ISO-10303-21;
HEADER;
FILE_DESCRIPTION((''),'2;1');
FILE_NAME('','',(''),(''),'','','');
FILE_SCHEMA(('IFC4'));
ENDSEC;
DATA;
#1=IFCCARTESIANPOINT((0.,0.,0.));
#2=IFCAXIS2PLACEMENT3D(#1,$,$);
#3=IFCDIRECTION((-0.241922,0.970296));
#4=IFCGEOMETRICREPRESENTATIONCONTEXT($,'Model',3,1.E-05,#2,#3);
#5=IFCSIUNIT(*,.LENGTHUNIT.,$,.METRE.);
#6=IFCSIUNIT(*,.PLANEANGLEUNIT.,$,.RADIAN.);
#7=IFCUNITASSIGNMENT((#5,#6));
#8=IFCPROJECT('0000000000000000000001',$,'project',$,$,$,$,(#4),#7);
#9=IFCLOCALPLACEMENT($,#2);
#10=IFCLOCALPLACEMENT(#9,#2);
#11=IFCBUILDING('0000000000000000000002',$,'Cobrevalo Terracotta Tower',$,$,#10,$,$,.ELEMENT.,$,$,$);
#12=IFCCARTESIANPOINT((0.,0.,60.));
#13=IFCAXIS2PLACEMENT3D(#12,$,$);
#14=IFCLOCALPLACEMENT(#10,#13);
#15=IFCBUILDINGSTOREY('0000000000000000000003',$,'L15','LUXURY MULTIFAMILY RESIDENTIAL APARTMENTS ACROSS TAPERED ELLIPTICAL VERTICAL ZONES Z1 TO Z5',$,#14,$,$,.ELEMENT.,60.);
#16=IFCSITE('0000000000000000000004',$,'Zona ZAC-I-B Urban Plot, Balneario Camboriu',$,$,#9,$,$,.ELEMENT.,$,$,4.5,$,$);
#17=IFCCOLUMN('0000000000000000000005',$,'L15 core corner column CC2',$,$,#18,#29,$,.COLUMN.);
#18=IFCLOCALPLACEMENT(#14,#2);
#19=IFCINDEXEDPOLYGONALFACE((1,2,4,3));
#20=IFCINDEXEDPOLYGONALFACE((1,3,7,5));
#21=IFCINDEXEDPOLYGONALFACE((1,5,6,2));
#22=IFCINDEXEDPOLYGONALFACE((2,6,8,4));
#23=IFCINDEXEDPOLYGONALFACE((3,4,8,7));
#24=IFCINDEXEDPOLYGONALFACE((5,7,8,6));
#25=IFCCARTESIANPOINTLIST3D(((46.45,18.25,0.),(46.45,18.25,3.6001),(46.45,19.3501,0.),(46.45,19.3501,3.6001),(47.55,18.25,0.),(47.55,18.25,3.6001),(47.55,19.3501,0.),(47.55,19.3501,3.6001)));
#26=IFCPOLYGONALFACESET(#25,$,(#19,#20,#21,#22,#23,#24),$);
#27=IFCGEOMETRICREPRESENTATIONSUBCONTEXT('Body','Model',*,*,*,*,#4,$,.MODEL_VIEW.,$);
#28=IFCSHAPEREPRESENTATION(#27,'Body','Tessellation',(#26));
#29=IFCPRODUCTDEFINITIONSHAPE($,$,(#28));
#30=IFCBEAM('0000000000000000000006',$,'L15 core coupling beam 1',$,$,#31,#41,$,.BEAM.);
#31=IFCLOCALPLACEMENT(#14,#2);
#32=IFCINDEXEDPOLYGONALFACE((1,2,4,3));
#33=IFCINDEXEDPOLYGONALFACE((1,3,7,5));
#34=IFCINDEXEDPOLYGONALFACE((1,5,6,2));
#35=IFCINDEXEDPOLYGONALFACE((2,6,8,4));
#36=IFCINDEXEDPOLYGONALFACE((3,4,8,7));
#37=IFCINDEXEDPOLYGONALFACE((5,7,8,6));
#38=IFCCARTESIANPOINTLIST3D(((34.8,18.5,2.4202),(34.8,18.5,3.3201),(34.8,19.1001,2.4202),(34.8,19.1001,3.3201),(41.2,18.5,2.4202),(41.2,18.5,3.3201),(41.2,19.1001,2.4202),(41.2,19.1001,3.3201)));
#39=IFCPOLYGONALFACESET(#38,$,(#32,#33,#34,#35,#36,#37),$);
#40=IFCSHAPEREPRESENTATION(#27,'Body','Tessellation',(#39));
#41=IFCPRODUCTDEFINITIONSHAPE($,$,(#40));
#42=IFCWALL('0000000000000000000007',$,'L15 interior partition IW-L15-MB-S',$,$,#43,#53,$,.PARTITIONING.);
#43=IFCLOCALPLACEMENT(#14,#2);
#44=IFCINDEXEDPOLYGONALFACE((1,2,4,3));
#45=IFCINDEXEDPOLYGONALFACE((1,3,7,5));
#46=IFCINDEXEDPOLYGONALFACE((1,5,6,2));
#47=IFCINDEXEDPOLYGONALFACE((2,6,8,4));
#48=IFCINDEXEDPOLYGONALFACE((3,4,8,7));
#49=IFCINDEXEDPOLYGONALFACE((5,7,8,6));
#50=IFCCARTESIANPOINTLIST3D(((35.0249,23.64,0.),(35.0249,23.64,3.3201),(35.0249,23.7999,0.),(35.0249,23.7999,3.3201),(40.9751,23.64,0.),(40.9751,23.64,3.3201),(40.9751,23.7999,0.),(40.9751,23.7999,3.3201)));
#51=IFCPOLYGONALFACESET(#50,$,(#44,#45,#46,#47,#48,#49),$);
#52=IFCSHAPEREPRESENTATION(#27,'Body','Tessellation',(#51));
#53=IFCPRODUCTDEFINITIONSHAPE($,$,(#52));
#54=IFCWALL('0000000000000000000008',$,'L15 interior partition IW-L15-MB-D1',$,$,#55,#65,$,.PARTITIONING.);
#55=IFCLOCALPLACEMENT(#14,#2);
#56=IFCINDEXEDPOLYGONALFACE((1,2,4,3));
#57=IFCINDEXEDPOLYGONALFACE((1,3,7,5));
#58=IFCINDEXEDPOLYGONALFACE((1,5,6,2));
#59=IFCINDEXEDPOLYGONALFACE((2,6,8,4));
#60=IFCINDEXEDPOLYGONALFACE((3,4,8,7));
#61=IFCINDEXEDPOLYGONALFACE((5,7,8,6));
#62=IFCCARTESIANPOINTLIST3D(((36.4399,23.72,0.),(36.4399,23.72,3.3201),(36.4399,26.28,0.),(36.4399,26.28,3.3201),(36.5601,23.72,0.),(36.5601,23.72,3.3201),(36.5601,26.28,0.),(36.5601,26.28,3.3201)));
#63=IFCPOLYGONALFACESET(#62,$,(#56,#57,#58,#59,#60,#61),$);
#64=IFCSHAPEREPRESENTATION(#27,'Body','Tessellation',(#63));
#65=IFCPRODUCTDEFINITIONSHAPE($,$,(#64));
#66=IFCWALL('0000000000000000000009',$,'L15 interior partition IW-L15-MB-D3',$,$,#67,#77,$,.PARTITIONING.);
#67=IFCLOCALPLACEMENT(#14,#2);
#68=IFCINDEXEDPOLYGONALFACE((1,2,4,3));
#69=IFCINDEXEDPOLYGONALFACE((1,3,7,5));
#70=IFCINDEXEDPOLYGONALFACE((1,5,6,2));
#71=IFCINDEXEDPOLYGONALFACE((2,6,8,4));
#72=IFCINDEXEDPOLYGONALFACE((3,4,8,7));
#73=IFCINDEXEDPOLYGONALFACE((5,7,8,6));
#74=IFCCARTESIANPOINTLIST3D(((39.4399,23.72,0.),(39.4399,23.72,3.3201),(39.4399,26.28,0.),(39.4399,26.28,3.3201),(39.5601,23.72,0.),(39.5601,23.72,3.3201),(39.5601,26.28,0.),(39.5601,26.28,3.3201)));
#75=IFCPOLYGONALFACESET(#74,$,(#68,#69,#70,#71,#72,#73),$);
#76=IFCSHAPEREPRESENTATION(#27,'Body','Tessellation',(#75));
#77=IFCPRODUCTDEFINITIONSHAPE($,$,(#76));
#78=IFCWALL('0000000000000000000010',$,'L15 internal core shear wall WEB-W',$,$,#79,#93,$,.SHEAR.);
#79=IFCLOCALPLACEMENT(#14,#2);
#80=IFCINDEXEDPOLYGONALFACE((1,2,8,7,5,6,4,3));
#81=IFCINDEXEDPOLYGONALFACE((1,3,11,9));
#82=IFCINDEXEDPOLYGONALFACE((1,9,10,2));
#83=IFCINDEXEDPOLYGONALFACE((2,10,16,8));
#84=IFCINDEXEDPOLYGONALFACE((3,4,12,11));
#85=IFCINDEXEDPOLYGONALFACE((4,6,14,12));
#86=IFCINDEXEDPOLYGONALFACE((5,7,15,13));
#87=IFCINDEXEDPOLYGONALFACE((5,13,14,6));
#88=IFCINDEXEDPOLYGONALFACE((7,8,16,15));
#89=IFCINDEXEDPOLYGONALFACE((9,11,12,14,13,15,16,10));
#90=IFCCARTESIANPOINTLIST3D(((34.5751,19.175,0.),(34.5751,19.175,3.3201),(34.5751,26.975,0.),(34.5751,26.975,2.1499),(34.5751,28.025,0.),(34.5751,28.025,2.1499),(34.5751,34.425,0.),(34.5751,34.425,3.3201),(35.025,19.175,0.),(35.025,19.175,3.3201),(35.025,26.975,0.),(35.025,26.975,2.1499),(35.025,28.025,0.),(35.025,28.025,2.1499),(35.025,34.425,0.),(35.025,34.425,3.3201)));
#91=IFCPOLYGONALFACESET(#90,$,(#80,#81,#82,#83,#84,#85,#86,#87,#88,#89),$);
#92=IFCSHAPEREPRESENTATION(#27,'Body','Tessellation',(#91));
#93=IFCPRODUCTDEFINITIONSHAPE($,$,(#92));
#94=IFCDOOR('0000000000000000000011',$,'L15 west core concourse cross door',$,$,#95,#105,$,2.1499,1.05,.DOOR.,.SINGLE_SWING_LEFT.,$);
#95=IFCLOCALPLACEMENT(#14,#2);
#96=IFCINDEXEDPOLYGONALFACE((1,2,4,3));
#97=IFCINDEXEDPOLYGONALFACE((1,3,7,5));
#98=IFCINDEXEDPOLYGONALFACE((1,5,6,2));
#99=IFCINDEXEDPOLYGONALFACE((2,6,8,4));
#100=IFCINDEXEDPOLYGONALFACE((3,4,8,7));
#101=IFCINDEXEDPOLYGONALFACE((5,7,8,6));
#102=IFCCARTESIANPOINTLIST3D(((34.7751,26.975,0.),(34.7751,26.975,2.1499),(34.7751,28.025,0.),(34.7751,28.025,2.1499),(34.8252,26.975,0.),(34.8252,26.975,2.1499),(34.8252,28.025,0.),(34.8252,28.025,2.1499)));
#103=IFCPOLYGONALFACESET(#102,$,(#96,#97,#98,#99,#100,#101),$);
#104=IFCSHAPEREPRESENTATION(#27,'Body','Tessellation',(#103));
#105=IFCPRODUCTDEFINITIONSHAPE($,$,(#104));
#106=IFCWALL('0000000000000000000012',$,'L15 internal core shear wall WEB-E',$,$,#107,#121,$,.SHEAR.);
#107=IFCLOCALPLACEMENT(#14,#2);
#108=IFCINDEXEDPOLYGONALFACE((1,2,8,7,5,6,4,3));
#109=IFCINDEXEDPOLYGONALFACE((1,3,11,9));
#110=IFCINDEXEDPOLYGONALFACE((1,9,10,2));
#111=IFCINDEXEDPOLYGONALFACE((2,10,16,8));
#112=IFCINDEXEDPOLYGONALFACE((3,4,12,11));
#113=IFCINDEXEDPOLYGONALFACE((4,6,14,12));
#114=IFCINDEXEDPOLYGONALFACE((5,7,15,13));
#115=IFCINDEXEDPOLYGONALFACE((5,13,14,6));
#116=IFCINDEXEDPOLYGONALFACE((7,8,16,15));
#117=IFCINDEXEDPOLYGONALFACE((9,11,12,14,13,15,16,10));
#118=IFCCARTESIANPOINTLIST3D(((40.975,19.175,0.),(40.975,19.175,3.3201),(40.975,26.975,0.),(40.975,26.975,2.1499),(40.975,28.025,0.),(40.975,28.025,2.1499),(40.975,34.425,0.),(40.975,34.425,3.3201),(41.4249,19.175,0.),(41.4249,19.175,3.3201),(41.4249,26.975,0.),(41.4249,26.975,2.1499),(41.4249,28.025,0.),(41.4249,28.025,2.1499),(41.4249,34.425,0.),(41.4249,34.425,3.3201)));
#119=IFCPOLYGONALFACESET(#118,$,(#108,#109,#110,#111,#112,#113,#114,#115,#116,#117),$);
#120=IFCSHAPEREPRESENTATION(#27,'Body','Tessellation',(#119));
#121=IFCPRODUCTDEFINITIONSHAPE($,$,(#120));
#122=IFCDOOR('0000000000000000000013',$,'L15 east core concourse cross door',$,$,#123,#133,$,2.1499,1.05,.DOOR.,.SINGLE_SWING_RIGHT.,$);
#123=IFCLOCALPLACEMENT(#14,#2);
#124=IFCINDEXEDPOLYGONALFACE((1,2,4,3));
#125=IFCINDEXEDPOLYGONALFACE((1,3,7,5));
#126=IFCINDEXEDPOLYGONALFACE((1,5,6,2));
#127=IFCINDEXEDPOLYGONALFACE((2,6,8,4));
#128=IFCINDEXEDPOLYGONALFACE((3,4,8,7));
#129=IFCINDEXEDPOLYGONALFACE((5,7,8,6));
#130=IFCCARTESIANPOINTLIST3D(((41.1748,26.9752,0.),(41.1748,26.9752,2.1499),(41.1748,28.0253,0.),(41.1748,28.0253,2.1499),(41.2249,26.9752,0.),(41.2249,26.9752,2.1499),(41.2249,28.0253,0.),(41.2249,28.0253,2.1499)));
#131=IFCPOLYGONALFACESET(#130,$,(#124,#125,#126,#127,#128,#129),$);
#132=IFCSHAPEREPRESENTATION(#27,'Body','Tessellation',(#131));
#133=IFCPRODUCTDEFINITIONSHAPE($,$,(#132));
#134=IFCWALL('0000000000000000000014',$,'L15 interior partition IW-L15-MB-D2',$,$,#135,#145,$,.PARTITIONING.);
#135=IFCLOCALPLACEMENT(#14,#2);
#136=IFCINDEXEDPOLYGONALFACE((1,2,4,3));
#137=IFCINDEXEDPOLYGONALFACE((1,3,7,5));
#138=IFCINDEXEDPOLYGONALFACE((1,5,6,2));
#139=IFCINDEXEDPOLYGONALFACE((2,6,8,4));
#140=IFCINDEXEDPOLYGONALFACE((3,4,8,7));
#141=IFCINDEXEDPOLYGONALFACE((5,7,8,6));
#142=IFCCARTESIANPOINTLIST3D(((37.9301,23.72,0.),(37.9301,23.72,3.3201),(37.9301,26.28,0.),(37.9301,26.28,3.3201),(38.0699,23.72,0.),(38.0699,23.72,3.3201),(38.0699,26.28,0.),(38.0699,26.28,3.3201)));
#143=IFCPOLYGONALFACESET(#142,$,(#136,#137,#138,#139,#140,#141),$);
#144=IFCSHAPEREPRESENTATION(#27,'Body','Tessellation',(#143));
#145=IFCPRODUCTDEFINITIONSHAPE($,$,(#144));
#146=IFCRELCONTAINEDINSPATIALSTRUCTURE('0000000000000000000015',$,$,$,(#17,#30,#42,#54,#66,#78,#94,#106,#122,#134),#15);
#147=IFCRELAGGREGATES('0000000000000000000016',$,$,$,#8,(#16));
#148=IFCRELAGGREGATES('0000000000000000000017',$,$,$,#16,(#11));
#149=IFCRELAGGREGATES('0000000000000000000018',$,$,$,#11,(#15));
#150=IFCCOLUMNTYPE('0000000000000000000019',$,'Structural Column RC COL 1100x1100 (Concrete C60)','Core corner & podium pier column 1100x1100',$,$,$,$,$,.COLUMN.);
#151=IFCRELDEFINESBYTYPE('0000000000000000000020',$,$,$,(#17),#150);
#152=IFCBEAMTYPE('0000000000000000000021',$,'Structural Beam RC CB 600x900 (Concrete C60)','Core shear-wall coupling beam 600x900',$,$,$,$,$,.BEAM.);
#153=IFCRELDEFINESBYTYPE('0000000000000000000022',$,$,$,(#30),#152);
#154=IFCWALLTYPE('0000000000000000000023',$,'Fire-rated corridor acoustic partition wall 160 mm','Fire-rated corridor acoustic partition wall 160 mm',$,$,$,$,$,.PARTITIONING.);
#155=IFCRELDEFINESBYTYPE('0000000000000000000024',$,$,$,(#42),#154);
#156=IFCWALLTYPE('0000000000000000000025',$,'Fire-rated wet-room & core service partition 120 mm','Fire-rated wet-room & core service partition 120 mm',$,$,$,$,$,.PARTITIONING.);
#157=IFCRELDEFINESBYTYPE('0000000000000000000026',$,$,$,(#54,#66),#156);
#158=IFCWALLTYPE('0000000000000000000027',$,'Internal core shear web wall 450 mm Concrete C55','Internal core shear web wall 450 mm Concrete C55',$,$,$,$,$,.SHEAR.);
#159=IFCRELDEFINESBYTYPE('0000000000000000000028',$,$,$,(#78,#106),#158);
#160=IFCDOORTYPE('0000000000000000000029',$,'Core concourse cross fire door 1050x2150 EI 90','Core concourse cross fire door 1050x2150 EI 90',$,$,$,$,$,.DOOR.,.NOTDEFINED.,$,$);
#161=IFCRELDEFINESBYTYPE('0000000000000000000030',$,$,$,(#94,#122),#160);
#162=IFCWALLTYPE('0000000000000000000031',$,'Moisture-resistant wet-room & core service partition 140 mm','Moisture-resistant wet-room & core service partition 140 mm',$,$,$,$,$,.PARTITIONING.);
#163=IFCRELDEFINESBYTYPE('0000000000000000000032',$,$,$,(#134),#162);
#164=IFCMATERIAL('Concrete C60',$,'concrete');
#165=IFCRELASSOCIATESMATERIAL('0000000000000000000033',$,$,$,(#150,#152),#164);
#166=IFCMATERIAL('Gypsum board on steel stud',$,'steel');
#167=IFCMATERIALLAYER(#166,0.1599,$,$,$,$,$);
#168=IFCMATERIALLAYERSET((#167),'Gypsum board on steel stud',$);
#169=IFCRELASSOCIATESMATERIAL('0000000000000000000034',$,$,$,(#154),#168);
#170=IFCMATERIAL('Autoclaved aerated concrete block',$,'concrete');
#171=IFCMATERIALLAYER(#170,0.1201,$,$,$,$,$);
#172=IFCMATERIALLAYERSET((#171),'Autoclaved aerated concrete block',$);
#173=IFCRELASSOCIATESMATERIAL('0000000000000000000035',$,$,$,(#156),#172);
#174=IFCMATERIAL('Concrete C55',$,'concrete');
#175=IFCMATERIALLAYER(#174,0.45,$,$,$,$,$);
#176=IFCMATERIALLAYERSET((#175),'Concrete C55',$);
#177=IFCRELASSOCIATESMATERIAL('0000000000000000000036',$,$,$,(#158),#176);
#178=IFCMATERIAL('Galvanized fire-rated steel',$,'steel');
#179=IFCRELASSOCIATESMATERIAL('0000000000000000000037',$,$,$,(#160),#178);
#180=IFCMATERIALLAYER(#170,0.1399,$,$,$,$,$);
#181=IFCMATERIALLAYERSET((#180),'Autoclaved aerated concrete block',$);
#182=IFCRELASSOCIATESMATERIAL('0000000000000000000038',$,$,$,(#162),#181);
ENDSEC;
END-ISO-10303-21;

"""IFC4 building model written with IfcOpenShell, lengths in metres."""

from ifc_helpers import new_model, si_unit, direction, frame, frame_2d, origin, origin_2d, place, context, subcontext, project, spatial, rectangle, extrude, source, transform, mapped, material, layer, layer_set, material_profile, profile_set, type_object, element, fill, save


model = new_model("IFC4")

# Units and contexts
model_context = context("Model", 3, precision=1e-05, world=origin(), true_north=direction((-0.241922, 0.970296)))
body_context = subcontext(model_context, "Body", "Model", "MODEL_VIEW")
ifc_project = project(units=[si_unit("LENGTHUNIT", "METRE"), si_unit("PLANEANGLEUNIT", "RADIAN")], contexts=[model_context])

# Site, building, storey
site_placement = place(None, origin())
site = spatial("IfcSite", under=ifc_project, at=site_placement, Name="Zona ZAC-I-B Urban Plot, Balneario Camboriu", CompositionType="ELEMENT", RefElevation=4.5)
building_placement = place(site_placement, origin())
building = spatial("IfcBuilding", under=site, at=building_placement, Name="Cobrevalo Terracotta Tower", CompositionType="ELEMENT")
storey_placement = place(building_placement, frame((0.0, 0.0, 60.0)))
storey = spatial("IfcBuildingStorey", under=building, at=storey_placement, Name="L15", Description="LUXURY MULTIFAMILY RESIDENTIAL APARTMENTS ACROSS TAPERED ELLIPTICAL VERTICAL ZONES Z1 TO Z5", CompositionType="ELEMENT", Elevation=60.0)

# Column
ifc_material_1 = material(Name="Concrete C60", Category="concrete")
ifc_material_profile_1 = material_profile(ifc_material_1, rectangle(XDim=1.1001, YDim=1.1001, at=origin_2d()), Name="RC COL 1100x1100")
ifc_profile_set_1 = profile_set([ifc_material_profile_1], Name="Concrete C60")
column_type = type_object("IfcColumnType", Name="Structural Column RC COL 1100x1100 (Concrete C60)", Description="Core corner & podium pier column 1100x1100", PredefinedType="COLUMN", material=ifc_profile_set_1)
column_placement = place(storey_placement, frame((47.0, 18.8, 0.0), z_axis=(0.0, 0.0, 1.0), x_axis=(1.0, 0.0, 0.0)))
element("IfcColumn", 1, at=column_placement, inside=storey, type_object=column_type, Name="L15 core corner column CC2", PredefinedType="COLUMN", context=body_context, shape_type="SweptSolid", body=[
    extrude(rectangle(XDim=1.1001, YDim=1.1001, at=origin_2d()), origin(), (0.0, 0.0, 1.0), 3.6001),
])

# Beam
ifc_material_profile_2 = material_profile(ifc_material_1, rectangle(XDim=0.6001, YDim=0.8999, at=origin_2d()), Name="RC CB 600x900")
ifc_profile_set_2 = profile_set([ifc_material_profile_2], Name="Concrete C60")
beam_type = type_object("IfcBeamType", Name="Structural Beam RC CB 600x900 (Concrete C60)", Description="Core shear-wall coupling beam 600x900", PredefinedType="BEAM", material=ifc_profile_set_2)
beam_placement = place(storey_placement, frame((34.8, 18.8, 2.8701), z_axis=(1.0, 0.0, 0.0), x_axis=(0.0, 1.0, 0.0)))
element("IfcBeam", 2, at=beam_placement, inside=storey, type_object=beam_type, Name="L15 core coupling beam 1", PredefinedType="BEAM", context=body_context, shape_type="SweptSolid", body=[
    extrude(rectangle(XDim=0.6001, YDim=0.8999, at=origin_2d()), origin(), (0.0, 0.0, 1.0), 6.3999),
])

# Walls
ifc_material_2 = material(Name="Gypsum board on steel stud", Category="steel")
ifc_layer_1 = layer(ifc_material_2, 0.1599)
ifc_layer_set_1 = layer_set([ifc_layer_1], Name="Gypsum board on steel stud")
wall_type_1 = type_object("IfcWallType", Name="Fire-rated corridor acoustic partition wall 160 mm", Description="Fire-rated corridor acoustic partition wall 160 mm", PredefinedType="PARTITIONING", material=ifc_layer_set_1)
wall_1_placement = place(storey_placement, frame((35.0249, 23.72, 0.0), z_axis=(0.0, 0.0, 1.0), x_axis=(1.0, 0.0, 0.0)))
element("IfcWall", 3, at=wall_1_placement, inside=storey, type_object=wall_type_1, Name="L15 interior partition IW-L15-MB-S", PredefinedType="PARTITIONING", context=body_context, shape_type="SweptSolid", body=[
    extrude(rectangle(XDim=5.9502, YDim=0.1599, at=frame_2d((2.9751, 0.0))), origin(), (0.0, 0.0, 1.0), 3.3201),
])
ifc_material_3 = material(Name="Autoclaved aerated concrete block", Category="concrete")
ifc_layer_2 = layer(ifc_material_3, 0.1201)
ifc_layer_set_2 = layer_set([ifc_layer_2], Name="Autoclaved aerated concrete block")
wall_type_2 = type_object("IfcWallType", Name="Fire-rated wet-room & core service partition 120 mm", Description="Fire-rated wet-room & core service partition 120 mm", PredefinedType="PARTITIONING", material=ifc_layer_set_2)
for number, where, z_axis, x_axis, name in (
    (4, (36.5, 23.72, 0.0), (0.0, 0.0, 1.0), (0.0, 1.0, 0.0), "L15 interior partition IW-L15-MB-D1"),
    (5, (39.5, 23.72, 0.0), (0.0, 0.0, 1.0), (0.0, 1.0, 0.0), "L15 interior partition IW-L15-MB-D3"),
):
    element("IfcWall", number, at=place(storey_placement, frame(where, z_axis=z_axis, x_axis=x_axis)), inside=storey, type_object=wall_type_2, Name=name, PredefinedType="PARTITIONING", context=body_context, shape_type="SweptSolid", body=[
        extrude(rectangle(XDim=2.5601, YDim=0.1201, at=frame_2d((1.28, 0.0))), origin(), (0.0, 0.0, 1.0), 3.3201),
    ])

# Walls, openings, doors
ifc_material_4 = material(Name="Concrete C55", Category="concrete")
ifc_layer_3 = layer(ifc_material_4, 0.45)
ifc_layer_set_3 = layer_set([ifc_layer_3], Name="Concrete C55")
wall_type_3 = type_object("IfcWallType", Name="Internal core shear web wall 450 mm Concrete C55", Description="Internal core shear web wall 450 mm Concrete C55", PredefinedType="SHEAR", material=ifc_layer_set_3)
wall_2_placement = place(storey_placement, frame((34.8, 19.175, 0.0), z_axis=(0.0, 0.0, 1.0), x_axis=(0.0, 1.0, 0.0)))
wall_2 = element("IfcWall", 6, at=wall_2_placement, inside=storey, type_object=wall_type_3, Name="L15 internal core shear wall WEB-W", PredefinedType="SHEAR", context=body_context, shape_type="SweptSolid", body=[
    extrude(rectangle(XDim=15.25, YDim=0.45, at=frame_2d((7.625, 0.0))), origin(), (0.0, 0.0, 1.0), 3.3201),
])
opening_1_placement = place(wall_2_placement, frame((7.8, 0.0, 0.0)))
opening_1 = element("IfcOpeningElement", 7, at=opening_1_placement, cuts=wall_2, PredefinedType="OPENING", context=body_context, shape_type="SweptSolid", body=[
    extrude(rectangle(XDim=1.05, YDim=2.1499, at=frame_2d((0.5249, 1.075))), frame((0.0, 0.2349, 0.0), z_axis=(0.0, -1.0, 0.0), x_axis=(1.0, 0.0, 0.0)), (0.0, 0.0, 1.0), 0.47),
])
ifc_material_5 = material(Name="Galvanized fire-rated steel", Category="steel")
door_type_1 = type_object("IfcDoorType", Name="Core concourse cross fire door 1050x2150 EI 90", Description="Core concourse cross fire door 1050x2150 EI 90", OperationType="NOTDEFINED", PredefinedType="DOOR", material=ifc_material_5)
shared_shape_1 = source(origin(), body_context, "Body", "SweptSolid", [
    extrude(rectangle(XDim=1.05, YDim=2.1499, at=frame_2d((0.5249, 1.075))), frame((0.0, 0.0249, 0.0), z_axis=(0.0, -1.0, 0.0), x_axis=(1.0, 0.0, 0.0)), (0.0, 0.0, 1.0), 0.05),
])
door_1_placement = place(opening_1_placement, origin())
door_1 = element("IfcDoor", 8, at=door_1_placement, inside=storey, type_object=door_type_1, Name="L15 west core concourse cross door", OperationType="SINGLE_SWING_LEFT", OverallHeight=2.1499, OverallWidth=1.05, PredefinedType="DOOR", context=body_context, shape_type="MappedRepresentation", body=[
    mapped(shared_shape_1, transform((0.0, 0.0, 0.0), scale=1.0)),
])
fill(opening_1, door_1)
wall_3_placement = place(storey_placement, frame((41.2, 19.175, 0.0), z_axis=(0.0, 0.0, 1.0), x_axis=(0.0, 1.0, 0.0)))
wall_3 = element("IfcWall", 9, at=wall_3_placement, inside=storey, type_object=wall_type_3, Name="L15 internal core shear wall WEB-E", PredefinedType="SHEAR", context=body_context, shape_type="SweptSolid", body=[
    extrude(rectangle(XDim=15.25, YDim=0.45, at=frame_2d((7.625, 0.0))), origin(), (0.0, 0.0, 1.0), 3.3201),
])
opening_2_placement = place(wall_3_placement, frame((7.8, 0.0, 0.0)))
opening_2 = element("IfcOpeningElement", 10, at=opening_2_placement, cuts=wall_3, PredefinedType="OPENING", context=body_context, shape_type="SweptSolid", body=[
    extrude(rectangle(XDim=1.05, YDim=2.1499, at=frame_2d((0.5249, 1.075))), frame((0.0, 0.2349, 0.0), z_axis=(0.0, -1.0, 0.0), x_axis=(1.0, 0.0, 0.0)), (0.0, 0.0, 1.0), 0.47),
])
door_2_placement = place(opening_2_placement, frame((1.05, 0.0, 0.0), z_axis=(0.0, 0.0, 1.0), x_axis=(-1.0, 0.0, 0.0)))
door_2 = element("IfcDoor", 11, at=door_2_placement, inside=storey, type_object=door_type_1, Name="L15 east core concourse cross door", OperationType="SINGLE_SWING_RIGHT", OverallHeight=2.1499, OverallWidth=1.05, PredefinedType="DOOR", context=body_context, shape_type="MappedRepresentation", body=[
    mapped(shared_shape_1, transform((0.0, 0.0, 0.0), scale=1.0)),
])
fill(opening_2, door_2)

# Wall
ifc_layer_4 = layer(ifc_material_3, 0.1399)
ifc_layer_set_4 = layer_set([ifc_layer_4], Name="Autoclaved aerated concrete block")
wall_type_4 = type_object("IfcWallType", Name="Moisture-resistant wet-room & core service partition 140 mm", Description="Moisture-resistant wet-room & core service partition 140 mm", PredefinedType="PARTITIONING", material=ifc_layer_set_4)
wall_4_placement = place(storey_placement, frame((38.0, 23.72, 0.0), z_axis=(0.0, 0.0, 1.0), x_axis=(0.0, 1.0, 0.0)))
element("IfcWall", 12, at=wall_4_placement, inside=storey, type_object=wall_type_4, Name="L15 interior partition IW-L15-MB-D2", PredefinedType="PARTITIONING", context=body_context, shape_type="SweptSolid", body=[
    extrude(rectangle(XDim=2.5601, YDim=0.1399, at=frame_2d((1.28, 0.0))), origin(), (0.0, 0.0, 1.0), 3.3201),
])

save(model, "model.ifc")
